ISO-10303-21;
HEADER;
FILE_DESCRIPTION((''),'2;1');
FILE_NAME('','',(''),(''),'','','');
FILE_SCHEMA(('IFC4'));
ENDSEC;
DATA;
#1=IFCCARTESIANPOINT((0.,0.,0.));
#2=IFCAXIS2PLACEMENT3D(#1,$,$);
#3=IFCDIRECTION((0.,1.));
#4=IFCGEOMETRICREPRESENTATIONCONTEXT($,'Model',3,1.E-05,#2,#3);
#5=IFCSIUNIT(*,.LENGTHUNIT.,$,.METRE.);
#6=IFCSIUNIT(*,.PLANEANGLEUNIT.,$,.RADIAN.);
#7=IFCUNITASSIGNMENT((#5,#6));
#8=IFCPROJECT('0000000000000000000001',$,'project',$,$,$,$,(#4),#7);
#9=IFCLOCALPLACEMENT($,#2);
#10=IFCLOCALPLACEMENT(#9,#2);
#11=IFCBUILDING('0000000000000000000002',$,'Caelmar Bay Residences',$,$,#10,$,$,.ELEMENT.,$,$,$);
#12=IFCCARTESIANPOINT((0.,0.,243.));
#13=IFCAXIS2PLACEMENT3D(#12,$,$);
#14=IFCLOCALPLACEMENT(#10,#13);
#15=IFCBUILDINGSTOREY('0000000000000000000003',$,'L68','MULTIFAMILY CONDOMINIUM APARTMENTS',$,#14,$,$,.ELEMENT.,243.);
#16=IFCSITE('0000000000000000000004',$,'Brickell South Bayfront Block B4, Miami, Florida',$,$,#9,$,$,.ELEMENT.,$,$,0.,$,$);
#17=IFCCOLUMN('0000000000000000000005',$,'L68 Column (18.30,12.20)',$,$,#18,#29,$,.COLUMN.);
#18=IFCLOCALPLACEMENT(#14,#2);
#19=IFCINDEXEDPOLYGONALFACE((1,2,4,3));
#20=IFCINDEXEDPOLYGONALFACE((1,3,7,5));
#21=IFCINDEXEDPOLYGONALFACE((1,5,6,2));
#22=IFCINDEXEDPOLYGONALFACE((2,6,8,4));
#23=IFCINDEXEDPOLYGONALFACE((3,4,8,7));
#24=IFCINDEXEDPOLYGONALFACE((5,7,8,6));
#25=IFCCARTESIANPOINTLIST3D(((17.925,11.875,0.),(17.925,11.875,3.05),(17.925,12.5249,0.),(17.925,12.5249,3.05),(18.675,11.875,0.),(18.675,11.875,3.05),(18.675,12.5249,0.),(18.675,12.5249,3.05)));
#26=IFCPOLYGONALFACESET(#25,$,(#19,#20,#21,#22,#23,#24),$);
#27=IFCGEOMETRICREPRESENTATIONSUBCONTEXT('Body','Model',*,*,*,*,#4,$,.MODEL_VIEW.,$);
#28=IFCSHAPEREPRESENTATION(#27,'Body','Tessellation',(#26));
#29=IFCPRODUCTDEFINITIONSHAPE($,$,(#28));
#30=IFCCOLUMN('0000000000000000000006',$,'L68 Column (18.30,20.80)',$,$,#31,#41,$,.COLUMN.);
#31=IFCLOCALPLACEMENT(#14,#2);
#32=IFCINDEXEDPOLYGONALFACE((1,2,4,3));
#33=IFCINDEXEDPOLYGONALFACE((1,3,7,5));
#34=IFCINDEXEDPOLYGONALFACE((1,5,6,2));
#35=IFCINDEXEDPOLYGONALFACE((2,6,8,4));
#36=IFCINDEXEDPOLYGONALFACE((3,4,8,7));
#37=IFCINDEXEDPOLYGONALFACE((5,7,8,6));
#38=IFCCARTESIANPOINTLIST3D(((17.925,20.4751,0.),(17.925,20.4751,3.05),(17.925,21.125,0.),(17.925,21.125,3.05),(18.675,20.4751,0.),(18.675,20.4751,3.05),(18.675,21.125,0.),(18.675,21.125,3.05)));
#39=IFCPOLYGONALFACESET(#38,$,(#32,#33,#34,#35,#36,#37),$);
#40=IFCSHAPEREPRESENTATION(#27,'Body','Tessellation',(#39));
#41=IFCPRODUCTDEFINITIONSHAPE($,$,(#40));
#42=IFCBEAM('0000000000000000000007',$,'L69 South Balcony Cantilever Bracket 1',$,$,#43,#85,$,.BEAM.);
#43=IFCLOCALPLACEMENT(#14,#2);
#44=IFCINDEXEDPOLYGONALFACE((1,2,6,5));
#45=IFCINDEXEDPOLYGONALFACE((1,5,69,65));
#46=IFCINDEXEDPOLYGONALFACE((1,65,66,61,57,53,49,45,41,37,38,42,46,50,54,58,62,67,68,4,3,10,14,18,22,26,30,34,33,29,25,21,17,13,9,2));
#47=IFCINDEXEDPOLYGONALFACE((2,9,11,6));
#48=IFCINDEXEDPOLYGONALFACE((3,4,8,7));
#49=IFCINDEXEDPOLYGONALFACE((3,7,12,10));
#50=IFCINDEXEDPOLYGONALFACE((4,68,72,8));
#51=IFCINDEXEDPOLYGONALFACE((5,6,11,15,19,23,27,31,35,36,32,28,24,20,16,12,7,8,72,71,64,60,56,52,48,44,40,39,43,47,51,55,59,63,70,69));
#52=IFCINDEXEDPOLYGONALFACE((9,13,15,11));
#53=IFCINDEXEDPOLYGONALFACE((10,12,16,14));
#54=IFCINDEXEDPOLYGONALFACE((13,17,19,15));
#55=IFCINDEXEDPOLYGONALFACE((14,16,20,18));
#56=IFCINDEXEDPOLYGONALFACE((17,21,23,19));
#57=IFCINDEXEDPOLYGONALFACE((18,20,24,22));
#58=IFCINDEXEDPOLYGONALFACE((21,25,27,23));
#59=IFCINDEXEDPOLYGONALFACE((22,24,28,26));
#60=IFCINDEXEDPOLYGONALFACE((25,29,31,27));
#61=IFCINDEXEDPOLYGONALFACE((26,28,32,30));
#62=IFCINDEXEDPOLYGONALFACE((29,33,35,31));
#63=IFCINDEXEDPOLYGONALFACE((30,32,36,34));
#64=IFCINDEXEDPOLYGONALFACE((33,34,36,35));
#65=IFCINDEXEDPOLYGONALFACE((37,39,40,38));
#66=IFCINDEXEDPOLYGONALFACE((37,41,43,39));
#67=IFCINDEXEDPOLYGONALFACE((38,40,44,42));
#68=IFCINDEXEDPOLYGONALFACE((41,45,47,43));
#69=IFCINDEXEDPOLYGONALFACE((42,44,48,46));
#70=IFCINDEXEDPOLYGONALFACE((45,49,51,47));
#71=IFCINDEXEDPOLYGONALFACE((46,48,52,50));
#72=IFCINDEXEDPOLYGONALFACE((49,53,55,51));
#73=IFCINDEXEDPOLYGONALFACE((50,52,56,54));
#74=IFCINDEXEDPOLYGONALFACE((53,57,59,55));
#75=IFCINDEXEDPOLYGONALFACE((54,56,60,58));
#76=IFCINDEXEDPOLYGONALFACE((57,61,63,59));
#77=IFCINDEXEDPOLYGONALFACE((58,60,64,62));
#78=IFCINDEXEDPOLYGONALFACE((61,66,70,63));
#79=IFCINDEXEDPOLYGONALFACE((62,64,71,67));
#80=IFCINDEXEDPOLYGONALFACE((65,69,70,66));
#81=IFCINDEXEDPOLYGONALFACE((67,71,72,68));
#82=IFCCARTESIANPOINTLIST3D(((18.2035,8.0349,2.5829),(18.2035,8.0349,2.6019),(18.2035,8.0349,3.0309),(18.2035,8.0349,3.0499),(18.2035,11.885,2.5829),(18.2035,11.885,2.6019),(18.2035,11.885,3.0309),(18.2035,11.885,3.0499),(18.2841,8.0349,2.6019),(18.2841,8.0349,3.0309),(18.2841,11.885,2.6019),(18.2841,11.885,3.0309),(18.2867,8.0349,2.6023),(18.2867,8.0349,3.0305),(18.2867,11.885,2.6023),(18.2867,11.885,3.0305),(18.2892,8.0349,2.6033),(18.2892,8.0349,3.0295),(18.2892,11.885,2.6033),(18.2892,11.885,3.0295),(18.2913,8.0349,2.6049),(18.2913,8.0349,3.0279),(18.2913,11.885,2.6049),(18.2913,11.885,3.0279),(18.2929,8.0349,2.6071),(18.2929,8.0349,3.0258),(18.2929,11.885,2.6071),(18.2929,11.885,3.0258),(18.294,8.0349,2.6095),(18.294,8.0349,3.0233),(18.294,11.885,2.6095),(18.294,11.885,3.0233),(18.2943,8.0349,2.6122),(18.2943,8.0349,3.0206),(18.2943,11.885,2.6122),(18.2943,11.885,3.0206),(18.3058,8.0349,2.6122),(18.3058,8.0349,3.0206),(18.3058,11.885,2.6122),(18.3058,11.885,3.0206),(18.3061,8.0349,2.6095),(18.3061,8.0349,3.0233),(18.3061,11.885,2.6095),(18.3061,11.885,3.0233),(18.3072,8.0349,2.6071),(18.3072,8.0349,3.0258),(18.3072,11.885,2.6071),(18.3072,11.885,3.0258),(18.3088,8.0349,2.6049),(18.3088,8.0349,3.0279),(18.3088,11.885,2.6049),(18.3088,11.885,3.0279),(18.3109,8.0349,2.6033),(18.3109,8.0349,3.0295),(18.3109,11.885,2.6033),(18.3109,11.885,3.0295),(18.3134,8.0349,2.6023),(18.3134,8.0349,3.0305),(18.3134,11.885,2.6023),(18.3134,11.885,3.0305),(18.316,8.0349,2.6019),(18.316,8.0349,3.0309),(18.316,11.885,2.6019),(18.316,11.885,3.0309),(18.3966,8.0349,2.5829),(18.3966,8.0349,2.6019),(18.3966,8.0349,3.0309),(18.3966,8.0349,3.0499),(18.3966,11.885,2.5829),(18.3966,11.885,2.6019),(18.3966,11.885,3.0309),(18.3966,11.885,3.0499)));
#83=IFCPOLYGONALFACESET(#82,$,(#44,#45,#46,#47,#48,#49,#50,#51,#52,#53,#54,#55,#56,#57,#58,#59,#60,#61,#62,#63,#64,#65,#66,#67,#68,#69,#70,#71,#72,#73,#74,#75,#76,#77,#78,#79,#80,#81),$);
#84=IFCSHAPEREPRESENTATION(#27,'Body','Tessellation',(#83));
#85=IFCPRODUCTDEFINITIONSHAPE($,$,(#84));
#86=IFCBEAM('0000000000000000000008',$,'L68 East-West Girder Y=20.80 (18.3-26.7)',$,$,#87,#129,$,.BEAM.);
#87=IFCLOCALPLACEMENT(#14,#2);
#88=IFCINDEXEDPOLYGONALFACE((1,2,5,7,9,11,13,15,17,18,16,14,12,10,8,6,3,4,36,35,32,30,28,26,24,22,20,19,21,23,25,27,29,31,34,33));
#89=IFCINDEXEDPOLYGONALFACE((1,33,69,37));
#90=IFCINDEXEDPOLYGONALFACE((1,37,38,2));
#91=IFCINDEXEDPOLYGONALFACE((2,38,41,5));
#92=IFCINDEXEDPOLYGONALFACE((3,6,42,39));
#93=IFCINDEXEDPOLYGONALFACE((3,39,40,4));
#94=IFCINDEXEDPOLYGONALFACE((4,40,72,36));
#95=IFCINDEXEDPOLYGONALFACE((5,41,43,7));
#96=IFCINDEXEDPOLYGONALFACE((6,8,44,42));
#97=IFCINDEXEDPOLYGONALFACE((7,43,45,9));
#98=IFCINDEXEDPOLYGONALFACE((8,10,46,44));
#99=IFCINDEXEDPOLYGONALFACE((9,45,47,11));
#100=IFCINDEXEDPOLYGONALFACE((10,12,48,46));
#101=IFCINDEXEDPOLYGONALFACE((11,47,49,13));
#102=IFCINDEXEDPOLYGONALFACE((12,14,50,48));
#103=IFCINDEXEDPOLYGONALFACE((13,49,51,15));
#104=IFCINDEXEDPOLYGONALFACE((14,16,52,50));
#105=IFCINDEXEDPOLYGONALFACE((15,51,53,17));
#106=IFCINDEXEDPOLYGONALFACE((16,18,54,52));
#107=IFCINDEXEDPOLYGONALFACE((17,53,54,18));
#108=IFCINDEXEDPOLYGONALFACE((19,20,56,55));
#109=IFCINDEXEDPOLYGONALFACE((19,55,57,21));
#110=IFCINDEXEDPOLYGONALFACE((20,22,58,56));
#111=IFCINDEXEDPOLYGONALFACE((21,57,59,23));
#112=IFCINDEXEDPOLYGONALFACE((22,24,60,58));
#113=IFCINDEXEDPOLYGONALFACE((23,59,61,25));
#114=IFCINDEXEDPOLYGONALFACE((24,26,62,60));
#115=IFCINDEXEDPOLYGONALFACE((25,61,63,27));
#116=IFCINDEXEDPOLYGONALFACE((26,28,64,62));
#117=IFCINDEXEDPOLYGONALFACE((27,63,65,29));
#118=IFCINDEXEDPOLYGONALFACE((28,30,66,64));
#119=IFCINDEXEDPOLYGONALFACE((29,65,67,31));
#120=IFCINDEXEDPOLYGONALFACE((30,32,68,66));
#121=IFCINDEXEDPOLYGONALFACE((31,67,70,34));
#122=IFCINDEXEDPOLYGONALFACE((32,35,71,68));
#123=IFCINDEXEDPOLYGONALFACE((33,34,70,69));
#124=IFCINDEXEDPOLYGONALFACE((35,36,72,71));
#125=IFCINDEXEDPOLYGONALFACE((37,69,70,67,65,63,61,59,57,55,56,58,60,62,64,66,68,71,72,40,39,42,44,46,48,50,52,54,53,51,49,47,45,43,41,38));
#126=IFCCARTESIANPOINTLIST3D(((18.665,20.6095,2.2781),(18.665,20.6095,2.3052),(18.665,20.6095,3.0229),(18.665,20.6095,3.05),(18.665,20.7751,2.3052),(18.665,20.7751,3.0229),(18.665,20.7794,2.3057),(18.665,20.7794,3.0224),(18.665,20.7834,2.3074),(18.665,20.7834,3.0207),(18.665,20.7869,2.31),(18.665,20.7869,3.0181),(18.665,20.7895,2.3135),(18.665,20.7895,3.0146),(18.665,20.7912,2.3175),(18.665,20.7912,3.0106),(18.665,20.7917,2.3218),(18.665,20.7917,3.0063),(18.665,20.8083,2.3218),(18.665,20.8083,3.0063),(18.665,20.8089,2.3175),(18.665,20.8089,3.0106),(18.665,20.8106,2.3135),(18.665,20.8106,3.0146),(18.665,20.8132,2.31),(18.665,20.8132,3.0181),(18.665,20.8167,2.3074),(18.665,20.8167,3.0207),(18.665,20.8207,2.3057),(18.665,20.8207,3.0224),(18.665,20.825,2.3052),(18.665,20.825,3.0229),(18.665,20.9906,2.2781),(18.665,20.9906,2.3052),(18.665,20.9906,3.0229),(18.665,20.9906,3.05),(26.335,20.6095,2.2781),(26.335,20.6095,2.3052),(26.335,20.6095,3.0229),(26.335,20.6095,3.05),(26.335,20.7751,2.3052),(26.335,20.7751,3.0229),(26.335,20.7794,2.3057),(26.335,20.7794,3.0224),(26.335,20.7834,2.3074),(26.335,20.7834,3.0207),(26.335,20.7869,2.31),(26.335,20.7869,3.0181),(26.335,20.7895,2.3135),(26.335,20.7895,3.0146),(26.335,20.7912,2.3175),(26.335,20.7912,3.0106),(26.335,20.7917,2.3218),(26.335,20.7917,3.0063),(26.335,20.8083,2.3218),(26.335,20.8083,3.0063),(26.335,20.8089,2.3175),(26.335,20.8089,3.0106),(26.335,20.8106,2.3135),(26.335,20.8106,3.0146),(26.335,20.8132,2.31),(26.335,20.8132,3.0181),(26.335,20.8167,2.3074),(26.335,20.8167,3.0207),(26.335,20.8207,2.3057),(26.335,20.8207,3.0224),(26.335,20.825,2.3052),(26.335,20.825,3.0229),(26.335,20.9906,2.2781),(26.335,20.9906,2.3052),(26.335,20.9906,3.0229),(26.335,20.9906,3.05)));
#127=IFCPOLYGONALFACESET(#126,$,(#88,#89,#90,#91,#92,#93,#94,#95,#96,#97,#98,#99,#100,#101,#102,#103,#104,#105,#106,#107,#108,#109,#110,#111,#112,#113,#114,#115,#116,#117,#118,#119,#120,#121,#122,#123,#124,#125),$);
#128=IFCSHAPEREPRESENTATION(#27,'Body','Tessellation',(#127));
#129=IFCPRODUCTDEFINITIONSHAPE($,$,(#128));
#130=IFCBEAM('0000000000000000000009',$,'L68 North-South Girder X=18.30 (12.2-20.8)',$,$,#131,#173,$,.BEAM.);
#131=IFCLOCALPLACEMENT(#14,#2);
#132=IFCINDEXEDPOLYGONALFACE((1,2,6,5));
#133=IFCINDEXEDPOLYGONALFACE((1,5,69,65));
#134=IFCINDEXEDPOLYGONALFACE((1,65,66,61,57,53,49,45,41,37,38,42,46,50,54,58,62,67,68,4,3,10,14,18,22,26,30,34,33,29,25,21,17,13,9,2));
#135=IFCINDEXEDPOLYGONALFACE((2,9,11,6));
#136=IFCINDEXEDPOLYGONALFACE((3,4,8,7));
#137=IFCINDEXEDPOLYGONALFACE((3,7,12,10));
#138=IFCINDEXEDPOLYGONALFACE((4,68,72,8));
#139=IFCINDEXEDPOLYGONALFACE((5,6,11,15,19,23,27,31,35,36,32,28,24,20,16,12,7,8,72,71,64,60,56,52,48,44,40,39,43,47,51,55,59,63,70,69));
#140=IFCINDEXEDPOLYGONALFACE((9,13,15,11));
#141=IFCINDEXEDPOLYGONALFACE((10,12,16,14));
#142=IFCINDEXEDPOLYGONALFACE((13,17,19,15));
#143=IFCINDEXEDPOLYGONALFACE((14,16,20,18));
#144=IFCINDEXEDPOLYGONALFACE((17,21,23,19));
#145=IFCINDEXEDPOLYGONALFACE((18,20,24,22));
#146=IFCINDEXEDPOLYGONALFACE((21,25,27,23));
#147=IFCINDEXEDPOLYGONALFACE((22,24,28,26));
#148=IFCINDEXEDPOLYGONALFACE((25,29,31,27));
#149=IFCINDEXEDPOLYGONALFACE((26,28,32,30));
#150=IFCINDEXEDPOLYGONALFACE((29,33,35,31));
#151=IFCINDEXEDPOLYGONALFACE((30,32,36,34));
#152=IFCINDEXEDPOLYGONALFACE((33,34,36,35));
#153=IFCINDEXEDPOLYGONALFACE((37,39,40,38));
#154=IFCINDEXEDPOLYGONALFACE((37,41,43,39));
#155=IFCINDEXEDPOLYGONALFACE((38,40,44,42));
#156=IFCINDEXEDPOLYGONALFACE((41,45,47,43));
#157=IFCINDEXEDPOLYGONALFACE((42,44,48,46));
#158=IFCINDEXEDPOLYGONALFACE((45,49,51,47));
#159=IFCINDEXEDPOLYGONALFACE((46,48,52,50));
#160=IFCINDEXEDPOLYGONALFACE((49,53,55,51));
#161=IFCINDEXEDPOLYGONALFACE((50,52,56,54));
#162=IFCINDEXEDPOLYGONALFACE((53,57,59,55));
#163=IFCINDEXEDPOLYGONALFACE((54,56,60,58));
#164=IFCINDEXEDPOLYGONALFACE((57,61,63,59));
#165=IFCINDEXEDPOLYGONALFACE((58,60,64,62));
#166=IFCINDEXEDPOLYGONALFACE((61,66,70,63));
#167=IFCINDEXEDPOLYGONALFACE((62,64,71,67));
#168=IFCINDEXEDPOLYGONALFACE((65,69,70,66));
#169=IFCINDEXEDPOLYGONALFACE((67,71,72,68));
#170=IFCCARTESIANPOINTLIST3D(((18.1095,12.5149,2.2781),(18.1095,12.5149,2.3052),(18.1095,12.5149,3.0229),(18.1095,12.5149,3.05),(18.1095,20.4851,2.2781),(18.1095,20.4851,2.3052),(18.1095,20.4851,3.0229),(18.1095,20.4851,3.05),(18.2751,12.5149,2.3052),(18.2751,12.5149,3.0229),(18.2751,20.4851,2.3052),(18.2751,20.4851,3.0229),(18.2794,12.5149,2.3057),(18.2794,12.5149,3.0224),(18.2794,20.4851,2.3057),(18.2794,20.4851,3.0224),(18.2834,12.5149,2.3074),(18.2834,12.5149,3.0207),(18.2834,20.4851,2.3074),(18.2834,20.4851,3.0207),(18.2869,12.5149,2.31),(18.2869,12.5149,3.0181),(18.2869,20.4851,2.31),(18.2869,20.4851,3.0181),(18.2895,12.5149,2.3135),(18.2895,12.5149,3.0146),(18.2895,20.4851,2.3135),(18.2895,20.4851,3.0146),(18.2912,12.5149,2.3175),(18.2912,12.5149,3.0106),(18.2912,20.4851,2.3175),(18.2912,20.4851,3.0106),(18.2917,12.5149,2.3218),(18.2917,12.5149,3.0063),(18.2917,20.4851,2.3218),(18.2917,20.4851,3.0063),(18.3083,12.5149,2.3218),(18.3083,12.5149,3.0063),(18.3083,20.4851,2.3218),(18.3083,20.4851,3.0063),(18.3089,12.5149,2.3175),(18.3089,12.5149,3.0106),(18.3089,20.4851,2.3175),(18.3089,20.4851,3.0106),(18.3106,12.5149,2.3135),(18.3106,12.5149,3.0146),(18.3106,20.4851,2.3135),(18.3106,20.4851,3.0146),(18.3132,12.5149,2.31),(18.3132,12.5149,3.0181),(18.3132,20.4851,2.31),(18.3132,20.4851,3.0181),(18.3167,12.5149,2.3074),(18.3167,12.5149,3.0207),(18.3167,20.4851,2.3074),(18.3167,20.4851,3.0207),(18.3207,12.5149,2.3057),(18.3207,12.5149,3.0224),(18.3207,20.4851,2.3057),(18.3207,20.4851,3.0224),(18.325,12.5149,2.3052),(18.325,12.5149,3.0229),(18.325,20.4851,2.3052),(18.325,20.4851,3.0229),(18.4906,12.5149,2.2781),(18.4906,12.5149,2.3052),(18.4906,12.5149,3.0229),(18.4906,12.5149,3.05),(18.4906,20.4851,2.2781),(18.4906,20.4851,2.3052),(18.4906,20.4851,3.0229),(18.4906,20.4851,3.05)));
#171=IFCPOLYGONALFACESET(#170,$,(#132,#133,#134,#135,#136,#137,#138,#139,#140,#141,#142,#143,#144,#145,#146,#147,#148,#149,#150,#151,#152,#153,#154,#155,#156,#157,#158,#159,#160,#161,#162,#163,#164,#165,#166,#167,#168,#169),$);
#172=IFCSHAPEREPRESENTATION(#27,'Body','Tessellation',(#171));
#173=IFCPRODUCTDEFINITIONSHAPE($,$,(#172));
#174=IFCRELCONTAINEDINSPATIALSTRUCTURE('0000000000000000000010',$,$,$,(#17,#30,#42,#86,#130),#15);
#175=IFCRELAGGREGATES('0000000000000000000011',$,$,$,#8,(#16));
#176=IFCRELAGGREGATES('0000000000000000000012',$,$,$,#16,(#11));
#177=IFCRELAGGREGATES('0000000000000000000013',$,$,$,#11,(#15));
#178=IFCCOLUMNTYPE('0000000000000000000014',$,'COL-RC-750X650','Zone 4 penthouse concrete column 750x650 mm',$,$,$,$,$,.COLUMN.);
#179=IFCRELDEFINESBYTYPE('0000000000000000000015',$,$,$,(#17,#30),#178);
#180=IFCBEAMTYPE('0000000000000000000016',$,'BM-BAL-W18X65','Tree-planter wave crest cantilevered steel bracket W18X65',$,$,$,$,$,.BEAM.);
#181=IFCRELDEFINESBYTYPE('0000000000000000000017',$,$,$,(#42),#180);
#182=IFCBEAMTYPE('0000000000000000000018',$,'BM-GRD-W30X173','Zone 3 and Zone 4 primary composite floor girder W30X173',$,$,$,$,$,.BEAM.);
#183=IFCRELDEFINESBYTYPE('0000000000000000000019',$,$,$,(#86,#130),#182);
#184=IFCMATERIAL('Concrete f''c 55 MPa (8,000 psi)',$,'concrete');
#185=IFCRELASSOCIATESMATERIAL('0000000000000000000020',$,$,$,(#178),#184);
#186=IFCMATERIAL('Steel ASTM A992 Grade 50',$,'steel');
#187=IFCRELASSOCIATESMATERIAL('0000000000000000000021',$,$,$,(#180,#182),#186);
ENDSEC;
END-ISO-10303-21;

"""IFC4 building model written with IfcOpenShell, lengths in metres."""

from ifc_helpers import new_model, si_unit, direction, frame, origin, origin_2d, place, context, subcontext, project, spatial, rectangle, i_section, extrude, material, material_profile, profile_set, type_object, element, save


model = new_model("IFC4")

# Units and contexts
model_context = context("Model", 3, precision=1e-05, world=origin(), true_north=direction((0.0, 1.0)))
body_context = subcontext(model_context, "Body", "Model", "MODEL_VIEW")
ifc_project = project(units=[si_unit("LENGTHUNIT", "METRE"), si_unit("PLANEANGLEUNIT", "RADIAN")], contexts=[model_context])

# Site, building, storey
site_placement = place(None, origin())
site = spatial("IfcSite", under=ifc_project, at=site_placement, Name="Brickell South Bayfront Block B4, Miami, Florida", CompositionType="ELEMENT", RefElevation=0.0)
building_placement = place(site_placement, origin())
building = spatial("IfcBuilding", under=site, at=building_placement, Name="Caelmar Bay Residences", CompositionType="ELEMENT")
storey_placement = place(building_placement, frame((0.0, 0.0, 243.0)))
storey = spatial("IfcBuildingStorey", under=building, at=storey_placement, Name="L68", Description="MULTIFAMILY CONDOMINIUM APARTMENTS", CompositionType="ELEMENT", Elevation=243.0)

# Columns
ifc_material_1 = material(Name="Concrete f'c 55 MPa (8,000 psi)", Category="concrete")
ifc_material_profile_1 = material_profile(ifc_material_1, rectangle(XDim=0.75, YDim=0.6499, at=origin_2d()), Name="RC-COL-750X650")
ifc_profile_set_1 = profile_set([ifc_material_profile_1], Name="Concrete f'c 55 MPa (8,000 psi)")
column_type = type_object("IfcColumnType", Name="COL-RC-750X650", Description="Zone 4 penthouse concrete column 750x650 mm", PredefinedType="COLUMN", material=ifc_profile_set_1)
for number, where, z_axis, x_axis, name in (
    (1, (18.3, 12.2, 0.0), (0.0, 0.0, 1.0), (1.0, 0.0, 0.0), "L68 Column (18.30,12.20)"),
    (2, (18.3, 20.8, 0.0), (0.0, 0.0, 1.0), (1.0, 0.0, 0.0), "L68 Column (18.30,20.80)"),
):
    element("IfcColumn", number, at=place(storey_placement, frame(where, z_axis=z_axis, x_axis=x_axis)), inside=storey, type_object=column_type, Name=name, PredefinedType="COLUMN", context=body_context, shape_type="SweptSolid", body=[
        extrude(rectangle(XDim=0.75, YDim=0.6499, at=origin_2d()), origin(), (0.0, 0.0, 1.0), 3.05),
    ])

# Beams
ifc_material_2 = material(Name="Steel ASTM A992 Grade 50", Category="steel")
ifc_material_profile_2 = material_profile(ifc_material_2, i_section(OverallWidth=0.1931, OverallDepth=0.467, WebThickness=0.0115, FlangeThickness=0.019, FilletRadius=0.0103, at=origin_2d()), Name="W18X65")
ifc_profile_set_2 = profile_set([ifc_material_profile_2], Name="Steel ASTM A992 Grade 50")
beam_type_1 = type_object("IfcBeamType", Name="BM-BAL-W18X65", Description="Tree-planter wave crest cantilevered steel bracket W18X65", PredefinedType="BEAM", material=ifc_profile_set_2)
beam_1_placement = place(storey_placement, frame((18.3, 11.885, 2.8164), z_axis=(0.0, -1.0, 0.0), x_axis=(1.0, 0.0, 0.0)))
element("IfcBeam", 3, at=beam_1_placement, inside=storey, type_object=beam_type_1, Name="L69 South Balcony Cantilever Bracket 1", PredefinedType="BEAM", context=body_context, shape_type="SweptSolid", body=[
    extrude(i_section(OverallWidth=0.1931, OverallDepth=0.467, WebThickness=0.0115, FlangeThickness=0.019, FilletRadius=0.0103, at=origin_2d()), origin(), (0.0, 0.0, 1.0), 3.8501),
])
ifc_material_profile_3 = material_profile(ifc_material_2, i_section(OverallWidth=0.3811, OverallDepth=0.772, WebThickness=0.0166, FlangeThickness=0.0271, FilletRadius=0.0166, at=origin_2d()), Name="W30X173")
ifc_profile_set_3 = profile_set([ifc_material_profile_3], Name="Steel ASTM A992 Grade 50")
beam_type_2 = type_object("IfcBeamType", Name="BM-GRD-W30X173", Description="Zone 3 and Zone 4 primary composite floor girder W30X173", PredefinedType="BEAM", material=ifc_profile_set_3)
beam_2_placement = place(storey_placement, frame((18.665, 20.8, 2.6641), z_axis=(1.0, 0.0, 0.0), x_axis=(0.0, 1.0, 0.0)))
element("IfcBeam", 4, at=beam_2_placement, inside=storey, type_object=beam_type_2, Name="L68 East-West Girder Y=20.80 (18.3-26.7)", PredefinedType="BEAM", context=body_context, shape_type="SweptSolid", body=[
    extrude(i_section(OverallWidth=0.3811, OverallDepth=0.772, WebThickness=0.0166, FlangeThickness=0.0271, FilletRadius=0.0166, at=origin_2d()), origin(), (0.0, 0.0, 1.0), 7.6699),
])
beam_3_placement = place(storey_placement, frame((18.3, 12.5149, 2.6641), z_axis=(0.0, 1.0, 0.0), x_axis=(-1.0, 0.0, 0.0)))
element("IfcBeam", 5, at=beam_3_placement, inside=storey, type_object=beam_type_2, Name="L68 North-South Girder X=18.30 (12.2-20.8)", PredefinedType="BEAM", context=body_context, shape_type="SweptSolid", body=[
    extrude(i_section(OverallWidth=0.3811, OverallDepth=0.772, WebThickness=0.0166, FlangeThickness=0.0271, FilletRadius=0.0166, at=origin_2d()), origin(), (0.0, 0.0, 1.0), 7.9702),
])

save(model, "model.ifc")
